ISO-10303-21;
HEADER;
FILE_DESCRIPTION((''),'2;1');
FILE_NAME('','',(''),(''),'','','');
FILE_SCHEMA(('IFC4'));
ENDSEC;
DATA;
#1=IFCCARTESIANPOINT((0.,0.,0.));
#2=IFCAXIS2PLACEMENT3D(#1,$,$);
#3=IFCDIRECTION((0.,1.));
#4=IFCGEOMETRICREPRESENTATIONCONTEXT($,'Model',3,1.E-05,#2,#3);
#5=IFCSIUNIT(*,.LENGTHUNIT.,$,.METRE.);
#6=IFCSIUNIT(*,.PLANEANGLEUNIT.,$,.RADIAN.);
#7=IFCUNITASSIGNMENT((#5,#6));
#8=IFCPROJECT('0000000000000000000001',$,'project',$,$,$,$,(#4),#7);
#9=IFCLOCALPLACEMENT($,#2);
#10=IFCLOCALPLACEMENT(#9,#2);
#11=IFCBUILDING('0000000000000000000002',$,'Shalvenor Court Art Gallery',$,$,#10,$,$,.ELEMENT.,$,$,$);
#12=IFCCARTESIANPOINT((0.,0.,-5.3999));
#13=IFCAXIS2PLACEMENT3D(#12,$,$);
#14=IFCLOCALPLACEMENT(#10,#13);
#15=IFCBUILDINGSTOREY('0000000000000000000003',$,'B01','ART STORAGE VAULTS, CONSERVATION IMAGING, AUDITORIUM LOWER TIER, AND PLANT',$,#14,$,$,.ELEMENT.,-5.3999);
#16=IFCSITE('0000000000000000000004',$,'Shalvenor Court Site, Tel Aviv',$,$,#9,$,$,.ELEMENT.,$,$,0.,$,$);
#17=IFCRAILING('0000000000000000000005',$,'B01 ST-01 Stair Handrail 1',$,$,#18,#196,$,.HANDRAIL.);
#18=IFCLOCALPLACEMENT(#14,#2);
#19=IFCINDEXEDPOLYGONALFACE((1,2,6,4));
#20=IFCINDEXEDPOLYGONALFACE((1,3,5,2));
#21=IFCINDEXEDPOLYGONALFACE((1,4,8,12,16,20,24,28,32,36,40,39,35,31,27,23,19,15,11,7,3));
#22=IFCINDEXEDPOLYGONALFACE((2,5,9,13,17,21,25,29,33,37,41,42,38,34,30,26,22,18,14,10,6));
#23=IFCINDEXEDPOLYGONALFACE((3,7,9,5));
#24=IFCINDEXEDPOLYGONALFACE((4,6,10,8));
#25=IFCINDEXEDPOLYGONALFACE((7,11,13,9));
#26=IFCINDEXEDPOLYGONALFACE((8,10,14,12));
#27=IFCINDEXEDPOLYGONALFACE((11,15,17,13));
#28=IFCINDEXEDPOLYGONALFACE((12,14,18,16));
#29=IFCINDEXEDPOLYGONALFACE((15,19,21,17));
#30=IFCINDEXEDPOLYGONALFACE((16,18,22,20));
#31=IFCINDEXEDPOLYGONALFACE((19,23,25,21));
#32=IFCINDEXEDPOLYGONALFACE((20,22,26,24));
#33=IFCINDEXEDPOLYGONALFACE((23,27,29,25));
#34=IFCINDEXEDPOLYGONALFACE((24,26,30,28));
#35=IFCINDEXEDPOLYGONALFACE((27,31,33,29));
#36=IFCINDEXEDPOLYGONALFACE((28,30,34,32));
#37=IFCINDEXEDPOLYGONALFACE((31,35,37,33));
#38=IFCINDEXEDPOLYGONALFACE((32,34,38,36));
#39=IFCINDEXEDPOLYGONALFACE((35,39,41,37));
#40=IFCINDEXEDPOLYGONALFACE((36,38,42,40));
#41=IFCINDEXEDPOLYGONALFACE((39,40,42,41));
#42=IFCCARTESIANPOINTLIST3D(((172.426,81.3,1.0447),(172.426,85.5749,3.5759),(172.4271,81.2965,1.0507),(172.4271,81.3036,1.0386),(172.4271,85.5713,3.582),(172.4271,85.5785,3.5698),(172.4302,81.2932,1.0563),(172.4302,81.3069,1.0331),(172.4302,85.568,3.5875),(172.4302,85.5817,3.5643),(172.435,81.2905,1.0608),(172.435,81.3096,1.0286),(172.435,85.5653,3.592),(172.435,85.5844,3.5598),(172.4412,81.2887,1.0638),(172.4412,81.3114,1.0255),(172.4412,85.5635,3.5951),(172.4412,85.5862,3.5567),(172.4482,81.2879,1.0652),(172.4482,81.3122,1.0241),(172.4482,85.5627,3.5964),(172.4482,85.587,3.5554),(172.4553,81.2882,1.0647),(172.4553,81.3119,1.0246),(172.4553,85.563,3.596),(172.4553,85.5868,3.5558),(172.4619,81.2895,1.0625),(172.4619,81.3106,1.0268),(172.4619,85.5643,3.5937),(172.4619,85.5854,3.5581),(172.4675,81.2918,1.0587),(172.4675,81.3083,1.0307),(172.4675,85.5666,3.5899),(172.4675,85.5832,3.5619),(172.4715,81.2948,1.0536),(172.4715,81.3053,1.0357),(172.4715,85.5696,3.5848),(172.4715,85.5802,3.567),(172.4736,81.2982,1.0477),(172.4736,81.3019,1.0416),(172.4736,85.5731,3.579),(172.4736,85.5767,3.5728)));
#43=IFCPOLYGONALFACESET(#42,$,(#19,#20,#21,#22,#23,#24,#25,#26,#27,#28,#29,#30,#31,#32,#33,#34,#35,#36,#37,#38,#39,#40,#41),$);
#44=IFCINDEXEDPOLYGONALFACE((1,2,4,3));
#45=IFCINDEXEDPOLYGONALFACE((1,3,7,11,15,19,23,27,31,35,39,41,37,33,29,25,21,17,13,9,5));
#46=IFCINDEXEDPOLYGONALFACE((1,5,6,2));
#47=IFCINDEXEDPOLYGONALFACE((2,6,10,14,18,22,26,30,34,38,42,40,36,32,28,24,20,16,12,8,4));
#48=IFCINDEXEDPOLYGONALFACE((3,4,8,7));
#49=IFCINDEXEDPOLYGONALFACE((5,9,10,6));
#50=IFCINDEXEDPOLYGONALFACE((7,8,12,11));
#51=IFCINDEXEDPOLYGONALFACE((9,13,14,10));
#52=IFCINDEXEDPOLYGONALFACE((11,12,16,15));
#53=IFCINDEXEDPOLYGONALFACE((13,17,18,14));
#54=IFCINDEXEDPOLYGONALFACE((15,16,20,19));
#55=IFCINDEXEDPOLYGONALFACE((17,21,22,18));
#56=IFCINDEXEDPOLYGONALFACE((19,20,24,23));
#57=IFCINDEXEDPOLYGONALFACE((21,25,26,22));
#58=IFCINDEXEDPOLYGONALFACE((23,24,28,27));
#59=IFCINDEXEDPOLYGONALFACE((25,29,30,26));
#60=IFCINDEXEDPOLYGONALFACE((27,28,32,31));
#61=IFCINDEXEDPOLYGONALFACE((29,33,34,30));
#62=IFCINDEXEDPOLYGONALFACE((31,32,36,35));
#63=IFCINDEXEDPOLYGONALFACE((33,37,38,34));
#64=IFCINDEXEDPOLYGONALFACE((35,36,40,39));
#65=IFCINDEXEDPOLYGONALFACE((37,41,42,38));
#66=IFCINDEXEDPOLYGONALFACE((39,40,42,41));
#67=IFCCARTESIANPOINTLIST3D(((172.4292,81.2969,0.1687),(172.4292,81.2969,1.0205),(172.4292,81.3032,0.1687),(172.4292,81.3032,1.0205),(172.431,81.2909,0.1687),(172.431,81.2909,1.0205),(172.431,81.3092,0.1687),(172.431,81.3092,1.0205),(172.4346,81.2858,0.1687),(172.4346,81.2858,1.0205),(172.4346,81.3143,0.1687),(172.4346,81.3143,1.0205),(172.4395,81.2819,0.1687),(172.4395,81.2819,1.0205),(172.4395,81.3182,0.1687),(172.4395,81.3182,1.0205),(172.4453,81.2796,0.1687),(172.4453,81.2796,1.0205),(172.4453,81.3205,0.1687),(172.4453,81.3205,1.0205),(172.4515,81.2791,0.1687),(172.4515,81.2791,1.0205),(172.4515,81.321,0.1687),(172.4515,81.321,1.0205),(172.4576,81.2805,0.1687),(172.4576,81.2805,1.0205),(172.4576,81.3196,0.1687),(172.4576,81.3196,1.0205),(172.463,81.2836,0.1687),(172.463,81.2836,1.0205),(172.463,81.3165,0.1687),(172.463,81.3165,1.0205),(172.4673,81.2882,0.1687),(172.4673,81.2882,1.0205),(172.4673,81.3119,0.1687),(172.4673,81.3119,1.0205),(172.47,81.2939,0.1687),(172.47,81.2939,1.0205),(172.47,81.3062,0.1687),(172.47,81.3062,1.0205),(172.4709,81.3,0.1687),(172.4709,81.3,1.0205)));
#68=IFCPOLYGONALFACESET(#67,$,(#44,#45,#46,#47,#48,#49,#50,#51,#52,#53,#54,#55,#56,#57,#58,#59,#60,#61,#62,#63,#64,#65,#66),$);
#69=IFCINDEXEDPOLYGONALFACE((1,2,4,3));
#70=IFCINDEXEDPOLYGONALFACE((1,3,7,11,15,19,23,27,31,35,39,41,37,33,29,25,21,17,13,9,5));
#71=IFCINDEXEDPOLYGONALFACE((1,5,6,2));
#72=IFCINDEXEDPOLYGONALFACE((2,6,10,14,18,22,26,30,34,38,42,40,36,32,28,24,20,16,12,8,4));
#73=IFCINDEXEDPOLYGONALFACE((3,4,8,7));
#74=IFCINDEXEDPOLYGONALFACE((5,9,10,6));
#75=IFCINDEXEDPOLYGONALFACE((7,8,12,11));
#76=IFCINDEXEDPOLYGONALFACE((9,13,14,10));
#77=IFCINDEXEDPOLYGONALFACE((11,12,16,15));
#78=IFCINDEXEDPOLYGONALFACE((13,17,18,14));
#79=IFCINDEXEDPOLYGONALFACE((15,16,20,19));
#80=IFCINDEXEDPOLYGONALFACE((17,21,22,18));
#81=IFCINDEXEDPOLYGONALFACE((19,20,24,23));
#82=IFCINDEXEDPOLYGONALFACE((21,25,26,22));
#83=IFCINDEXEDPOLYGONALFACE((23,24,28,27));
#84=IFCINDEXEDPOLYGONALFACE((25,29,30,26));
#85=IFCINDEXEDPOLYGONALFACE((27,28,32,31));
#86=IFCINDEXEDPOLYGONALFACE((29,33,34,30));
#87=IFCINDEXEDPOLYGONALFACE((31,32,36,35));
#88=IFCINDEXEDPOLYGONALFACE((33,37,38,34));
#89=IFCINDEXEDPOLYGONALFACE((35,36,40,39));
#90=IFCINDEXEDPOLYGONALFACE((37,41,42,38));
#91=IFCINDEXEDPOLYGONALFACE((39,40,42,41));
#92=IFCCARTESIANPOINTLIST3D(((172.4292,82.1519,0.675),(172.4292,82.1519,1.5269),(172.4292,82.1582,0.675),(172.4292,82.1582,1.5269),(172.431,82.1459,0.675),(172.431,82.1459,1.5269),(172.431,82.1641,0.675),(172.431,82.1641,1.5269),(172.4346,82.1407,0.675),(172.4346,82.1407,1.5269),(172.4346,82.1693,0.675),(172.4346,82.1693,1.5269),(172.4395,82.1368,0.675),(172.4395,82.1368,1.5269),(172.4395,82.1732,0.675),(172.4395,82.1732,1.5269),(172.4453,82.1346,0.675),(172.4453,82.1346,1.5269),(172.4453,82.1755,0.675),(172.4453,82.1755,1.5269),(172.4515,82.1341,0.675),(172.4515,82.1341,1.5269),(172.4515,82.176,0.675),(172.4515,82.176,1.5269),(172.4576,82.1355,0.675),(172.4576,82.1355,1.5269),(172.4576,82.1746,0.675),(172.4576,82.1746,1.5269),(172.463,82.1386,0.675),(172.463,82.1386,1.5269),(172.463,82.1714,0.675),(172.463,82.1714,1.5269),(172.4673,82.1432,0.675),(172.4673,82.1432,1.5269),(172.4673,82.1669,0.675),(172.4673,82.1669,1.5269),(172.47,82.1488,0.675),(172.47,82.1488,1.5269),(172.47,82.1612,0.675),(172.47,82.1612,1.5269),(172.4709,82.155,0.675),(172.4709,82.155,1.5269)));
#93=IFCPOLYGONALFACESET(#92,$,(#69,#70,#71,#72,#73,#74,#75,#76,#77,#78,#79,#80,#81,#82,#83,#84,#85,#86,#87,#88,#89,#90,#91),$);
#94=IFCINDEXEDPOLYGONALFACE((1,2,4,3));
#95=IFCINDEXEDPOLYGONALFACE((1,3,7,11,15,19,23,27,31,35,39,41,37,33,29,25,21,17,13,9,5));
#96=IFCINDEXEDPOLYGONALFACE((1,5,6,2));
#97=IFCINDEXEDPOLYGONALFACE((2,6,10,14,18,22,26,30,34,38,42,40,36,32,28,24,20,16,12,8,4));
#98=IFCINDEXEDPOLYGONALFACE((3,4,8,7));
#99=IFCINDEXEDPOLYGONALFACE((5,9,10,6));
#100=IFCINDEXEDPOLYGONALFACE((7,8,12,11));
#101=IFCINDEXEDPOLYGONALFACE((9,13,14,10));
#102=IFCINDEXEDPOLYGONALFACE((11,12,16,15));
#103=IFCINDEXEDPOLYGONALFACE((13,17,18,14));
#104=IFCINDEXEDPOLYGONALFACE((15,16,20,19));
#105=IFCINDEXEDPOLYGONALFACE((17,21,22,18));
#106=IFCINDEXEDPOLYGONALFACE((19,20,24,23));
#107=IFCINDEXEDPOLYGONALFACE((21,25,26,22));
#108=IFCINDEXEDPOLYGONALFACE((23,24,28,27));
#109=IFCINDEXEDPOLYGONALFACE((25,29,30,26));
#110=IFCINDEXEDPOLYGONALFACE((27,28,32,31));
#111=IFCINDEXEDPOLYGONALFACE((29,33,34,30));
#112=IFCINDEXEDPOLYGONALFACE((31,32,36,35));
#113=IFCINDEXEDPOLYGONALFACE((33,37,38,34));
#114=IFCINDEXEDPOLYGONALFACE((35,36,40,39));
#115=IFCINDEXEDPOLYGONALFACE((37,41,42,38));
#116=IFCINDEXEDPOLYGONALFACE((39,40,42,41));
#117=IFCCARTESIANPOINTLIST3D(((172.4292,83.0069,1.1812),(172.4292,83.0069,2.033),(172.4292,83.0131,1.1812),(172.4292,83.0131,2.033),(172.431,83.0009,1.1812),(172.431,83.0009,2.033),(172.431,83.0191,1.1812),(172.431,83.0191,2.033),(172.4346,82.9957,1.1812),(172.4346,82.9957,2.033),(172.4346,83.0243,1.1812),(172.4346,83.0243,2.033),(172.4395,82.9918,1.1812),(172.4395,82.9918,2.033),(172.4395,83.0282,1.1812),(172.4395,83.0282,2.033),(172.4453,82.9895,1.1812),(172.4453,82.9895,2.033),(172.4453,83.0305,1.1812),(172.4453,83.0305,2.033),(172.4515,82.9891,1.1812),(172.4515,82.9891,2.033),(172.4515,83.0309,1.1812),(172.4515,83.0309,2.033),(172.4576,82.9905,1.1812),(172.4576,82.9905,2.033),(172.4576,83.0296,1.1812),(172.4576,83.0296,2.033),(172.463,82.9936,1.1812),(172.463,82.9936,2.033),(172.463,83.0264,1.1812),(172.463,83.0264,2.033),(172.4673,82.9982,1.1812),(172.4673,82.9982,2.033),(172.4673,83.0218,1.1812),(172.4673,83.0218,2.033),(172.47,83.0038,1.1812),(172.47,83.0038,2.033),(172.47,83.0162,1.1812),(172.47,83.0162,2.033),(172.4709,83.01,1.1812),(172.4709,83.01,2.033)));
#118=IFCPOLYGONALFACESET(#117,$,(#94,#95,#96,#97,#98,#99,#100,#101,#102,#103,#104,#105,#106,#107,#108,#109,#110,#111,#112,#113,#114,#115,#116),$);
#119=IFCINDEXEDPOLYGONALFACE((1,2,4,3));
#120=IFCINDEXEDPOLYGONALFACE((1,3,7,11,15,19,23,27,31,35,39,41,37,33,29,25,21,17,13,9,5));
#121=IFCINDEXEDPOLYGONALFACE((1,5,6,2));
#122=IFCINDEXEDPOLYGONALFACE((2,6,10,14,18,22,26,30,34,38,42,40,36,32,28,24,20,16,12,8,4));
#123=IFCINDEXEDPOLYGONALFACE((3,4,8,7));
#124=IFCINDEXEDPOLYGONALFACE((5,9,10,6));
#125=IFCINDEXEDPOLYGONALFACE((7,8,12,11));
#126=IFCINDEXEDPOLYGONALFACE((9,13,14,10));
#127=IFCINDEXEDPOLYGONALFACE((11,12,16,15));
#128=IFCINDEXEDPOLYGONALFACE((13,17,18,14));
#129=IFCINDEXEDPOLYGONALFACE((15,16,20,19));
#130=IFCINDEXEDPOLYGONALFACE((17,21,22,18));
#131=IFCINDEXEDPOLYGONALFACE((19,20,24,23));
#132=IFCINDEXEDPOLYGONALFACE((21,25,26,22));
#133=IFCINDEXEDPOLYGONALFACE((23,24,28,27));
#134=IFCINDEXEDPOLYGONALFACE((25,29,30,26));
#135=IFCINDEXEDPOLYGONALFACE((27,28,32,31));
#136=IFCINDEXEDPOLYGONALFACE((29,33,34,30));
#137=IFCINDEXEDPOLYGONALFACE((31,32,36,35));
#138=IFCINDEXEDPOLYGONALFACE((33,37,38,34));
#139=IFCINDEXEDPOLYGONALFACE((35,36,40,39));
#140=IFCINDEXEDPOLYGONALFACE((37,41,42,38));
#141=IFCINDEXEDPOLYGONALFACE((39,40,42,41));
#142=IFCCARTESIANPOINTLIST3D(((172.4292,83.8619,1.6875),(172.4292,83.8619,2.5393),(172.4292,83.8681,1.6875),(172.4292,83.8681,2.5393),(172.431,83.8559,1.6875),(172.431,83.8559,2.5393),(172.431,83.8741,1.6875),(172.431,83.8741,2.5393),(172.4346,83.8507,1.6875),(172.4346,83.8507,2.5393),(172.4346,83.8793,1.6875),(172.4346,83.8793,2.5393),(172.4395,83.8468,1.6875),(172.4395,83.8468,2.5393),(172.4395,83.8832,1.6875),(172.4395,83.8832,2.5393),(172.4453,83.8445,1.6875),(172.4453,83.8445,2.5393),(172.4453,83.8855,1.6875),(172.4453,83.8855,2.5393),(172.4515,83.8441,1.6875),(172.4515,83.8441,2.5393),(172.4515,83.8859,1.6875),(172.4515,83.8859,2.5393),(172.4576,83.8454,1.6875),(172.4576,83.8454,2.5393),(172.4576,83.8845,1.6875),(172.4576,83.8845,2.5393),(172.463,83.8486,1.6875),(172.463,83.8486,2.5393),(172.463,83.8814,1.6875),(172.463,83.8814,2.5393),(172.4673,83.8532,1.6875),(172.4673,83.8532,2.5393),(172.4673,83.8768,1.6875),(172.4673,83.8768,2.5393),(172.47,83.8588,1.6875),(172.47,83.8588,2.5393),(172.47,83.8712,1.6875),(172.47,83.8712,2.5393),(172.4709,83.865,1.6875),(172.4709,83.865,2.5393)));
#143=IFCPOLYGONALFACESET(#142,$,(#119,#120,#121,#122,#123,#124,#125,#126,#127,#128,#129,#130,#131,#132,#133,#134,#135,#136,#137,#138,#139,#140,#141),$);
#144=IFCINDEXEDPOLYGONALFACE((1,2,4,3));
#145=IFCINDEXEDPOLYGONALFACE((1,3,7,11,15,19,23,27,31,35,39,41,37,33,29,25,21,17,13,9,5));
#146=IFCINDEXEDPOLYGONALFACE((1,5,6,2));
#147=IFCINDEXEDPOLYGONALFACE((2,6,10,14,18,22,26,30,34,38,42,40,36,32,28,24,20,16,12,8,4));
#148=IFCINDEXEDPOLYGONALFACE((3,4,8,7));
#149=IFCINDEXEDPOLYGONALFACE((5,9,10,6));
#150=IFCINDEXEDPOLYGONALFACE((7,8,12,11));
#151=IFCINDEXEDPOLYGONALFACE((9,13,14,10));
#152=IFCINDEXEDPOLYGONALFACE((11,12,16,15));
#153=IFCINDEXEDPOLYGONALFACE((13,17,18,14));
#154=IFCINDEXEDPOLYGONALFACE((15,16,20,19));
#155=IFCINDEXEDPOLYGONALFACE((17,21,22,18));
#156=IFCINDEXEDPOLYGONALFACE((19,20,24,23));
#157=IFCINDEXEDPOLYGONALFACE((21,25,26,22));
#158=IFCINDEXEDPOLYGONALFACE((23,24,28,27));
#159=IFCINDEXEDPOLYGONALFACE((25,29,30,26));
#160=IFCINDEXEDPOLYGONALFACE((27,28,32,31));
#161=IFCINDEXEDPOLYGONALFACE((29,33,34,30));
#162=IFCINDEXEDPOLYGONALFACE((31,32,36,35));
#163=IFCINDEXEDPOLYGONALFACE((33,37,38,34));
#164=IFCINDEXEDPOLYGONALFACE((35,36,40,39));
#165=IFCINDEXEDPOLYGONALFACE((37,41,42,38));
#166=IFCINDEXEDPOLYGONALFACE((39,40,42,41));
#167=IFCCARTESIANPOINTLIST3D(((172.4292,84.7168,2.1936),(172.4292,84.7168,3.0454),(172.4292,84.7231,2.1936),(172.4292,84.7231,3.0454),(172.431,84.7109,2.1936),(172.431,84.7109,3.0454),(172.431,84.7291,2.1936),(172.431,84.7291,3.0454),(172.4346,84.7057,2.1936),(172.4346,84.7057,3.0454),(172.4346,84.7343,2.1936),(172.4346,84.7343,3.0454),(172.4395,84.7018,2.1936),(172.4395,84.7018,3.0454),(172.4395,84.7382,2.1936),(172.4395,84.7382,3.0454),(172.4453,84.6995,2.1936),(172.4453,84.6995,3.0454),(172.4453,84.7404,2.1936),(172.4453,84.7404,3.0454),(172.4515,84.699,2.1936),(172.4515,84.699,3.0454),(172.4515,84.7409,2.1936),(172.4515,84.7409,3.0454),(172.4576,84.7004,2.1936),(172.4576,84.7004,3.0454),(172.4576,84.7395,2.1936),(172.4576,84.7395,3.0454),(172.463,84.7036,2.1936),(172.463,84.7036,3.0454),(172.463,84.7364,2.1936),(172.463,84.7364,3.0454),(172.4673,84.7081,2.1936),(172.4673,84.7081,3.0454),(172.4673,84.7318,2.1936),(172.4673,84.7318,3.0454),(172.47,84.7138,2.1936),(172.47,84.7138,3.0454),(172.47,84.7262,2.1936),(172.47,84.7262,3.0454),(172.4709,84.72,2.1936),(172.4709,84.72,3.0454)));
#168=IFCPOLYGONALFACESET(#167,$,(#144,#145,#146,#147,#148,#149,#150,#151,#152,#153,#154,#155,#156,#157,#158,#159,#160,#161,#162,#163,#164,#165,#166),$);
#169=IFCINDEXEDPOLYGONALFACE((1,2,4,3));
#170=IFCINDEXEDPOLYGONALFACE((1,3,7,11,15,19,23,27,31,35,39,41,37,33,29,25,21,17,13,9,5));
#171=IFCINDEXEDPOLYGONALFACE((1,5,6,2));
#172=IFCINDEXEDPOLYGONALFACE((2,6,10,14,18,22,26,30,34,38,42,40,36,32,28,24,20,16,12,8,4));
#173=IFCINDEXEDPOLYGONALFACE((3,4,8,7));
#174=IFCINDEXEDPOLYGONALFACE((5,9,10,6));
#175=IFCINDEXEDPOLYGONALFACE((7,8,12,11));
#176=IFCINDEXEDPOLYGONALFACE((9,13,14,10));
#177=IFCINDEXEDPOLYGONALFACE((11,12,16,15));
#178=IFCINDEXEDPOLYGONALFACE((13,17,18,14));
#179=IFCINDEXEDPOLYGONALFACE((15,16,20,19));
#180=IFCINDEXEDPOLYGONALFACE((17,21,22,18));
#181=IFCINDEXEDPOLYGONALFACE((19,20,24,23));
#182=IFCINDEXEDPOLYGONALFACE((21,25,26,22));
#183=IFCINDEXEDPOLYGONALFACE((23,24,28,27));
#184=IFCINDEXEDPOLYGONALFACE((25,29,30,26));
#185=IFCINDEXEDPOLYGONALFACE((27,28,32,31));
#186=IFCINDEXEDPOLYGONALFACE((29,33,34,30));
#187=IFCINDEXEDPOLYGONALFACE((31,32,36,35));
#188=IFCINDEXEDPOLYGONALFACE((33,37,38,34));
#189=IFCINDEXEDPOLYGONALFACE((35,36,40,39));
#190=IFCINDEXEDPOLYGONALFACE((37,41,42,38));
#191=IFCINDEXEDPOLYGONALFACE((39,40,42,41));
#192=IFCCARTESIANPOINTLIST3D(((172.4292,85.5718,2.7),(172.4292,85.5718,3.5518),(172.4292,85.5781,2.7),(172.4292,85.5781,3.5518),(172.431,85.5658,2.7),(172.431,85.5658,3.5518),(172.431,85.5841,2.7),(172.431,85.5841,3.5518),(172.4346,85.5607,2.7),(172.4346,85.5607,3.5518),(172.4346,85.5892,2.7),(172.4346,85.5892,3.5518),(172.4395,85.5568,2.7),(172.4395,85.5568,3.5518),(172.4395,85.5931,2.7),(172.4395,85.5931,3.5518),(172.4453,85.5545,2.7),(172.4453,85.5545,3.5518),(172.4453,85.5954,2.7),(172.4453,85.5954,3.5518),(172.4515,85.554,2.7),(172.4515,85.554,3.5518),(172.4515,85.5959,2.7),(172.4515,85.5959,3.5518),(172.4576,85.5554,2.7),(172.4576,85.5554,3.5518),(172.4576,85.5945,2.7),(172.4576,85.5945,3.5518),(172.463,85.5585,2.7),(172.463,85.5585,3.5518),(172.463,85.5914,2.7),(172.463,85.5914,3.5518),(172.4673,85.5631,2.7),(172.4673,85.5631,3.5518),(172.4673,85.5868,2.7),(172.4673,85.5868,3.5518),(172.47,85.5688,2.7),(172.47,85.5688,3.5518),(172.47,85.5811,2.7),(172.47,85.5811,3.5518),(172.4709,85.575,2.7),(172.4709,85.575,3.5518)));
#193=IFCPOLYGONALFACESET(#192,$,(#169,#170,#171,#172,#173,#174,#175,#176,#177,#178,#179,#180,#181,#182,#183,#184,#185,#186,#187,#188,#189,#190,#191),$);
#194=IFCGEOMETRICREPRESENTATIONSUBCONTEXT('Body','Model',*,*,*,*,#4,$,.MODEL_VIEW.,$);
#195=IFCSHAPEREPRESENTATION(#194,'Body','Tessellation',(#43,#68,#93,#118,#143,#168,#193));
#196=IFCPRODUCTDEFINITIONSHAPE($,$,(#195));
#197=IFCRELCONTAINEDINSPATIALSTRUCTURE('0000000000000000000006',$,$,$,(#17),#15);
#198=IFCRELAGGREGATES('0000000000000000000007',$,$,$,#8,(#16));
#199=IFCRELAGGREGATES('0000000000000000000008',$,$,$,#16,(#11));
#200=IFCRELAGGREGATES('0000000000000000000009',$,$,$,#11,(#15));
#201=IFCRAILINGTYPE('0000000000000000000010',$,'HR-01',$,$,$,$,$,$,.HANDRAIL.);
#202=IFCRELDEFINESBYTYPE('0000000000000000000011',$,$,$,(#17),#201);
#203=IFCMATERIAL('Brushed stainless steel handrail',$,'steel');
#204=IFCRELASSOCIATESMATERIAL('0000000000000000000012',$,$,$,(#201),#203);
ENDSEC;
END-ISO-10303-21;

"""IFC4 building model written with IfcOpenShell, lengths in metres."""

from ifc_helpers import new_model, si_unit, direction, frame, origin, origin_2d, place, context, subcontext, project, spatial, circle, extrude, material, type_object, element, save


model = new_model("IFC4")

# Units and contexts
model_context = context("Model", 3, precision=1e-05, world=origin(), true_north=direction((0.0, 1.0)))
body_context = subcontext(model_context, "Body", "Model", "MODEL_VIEW")
ifc_project = project(units=[si_unit("LENGTHUNIT", "METRE"), si_unit("PLANEANGLEUNIT", "RADIAN")], contexts=[model_context])

# Site, building, storey
site_placement = place(None, origin())
site = spatial("IfcSite", under=ifc_project, at=site_placement, Name="Shalvenor Court Site, Tel Aviv", CompositionType="ELEMENT", RefElevation=0.0)
building_placement = place(site_placement, origin())
building = spatial("IfcBuilding", under=site, at=building_placement, Name="Shalvenor Court Art Gallery", CompositionType="ELEMENT")
storey_placement = place(building_placement, frame((0.0, 0.0, -5.3999)))
storey = spatial("IfcBuildingStorey", under=building, at=storey_placement, Name="B01", Description="ART STORAGE VAULTS, CONSERVATION IMAGING, AUDITORIUM LOWER TIER, AND PLANT", CompositionType="ELEMENT", Elevation=-5.3999)

# Railing
ifc_material_1 = material(Name="Brushed stainless steel handrail", Category="steel")
railing_type_1 = type_object("IfcRailingType", Name="HR-01", PredefinedType="HANDRAIL", material=ifc_material_1)
railing_1_placement = place(storey_placement, frame((172.45, 81.3, 0.1687)))
element("IfcRailing", 1, at=railing_1_placement, inside=storey, type_object=railing_type_1, Name="B01 ST-01 Stair Handrail 1", PredefinedType="HANDRAIL", context=body_context, shape_type="SweptSolid", body=[
    extrude(circle(Radius=0.0239, at=origin_2d()), frame((0.0, 0.0, 0.876), z_axis=(0.0, 0.86047, 0.509501), x_axis=(-1.0, 0.0, 0.0)), (0.0, 0.0, 1.0), 4.968),
    extrude(circle(Radius=0.021, at=origin_2d()), origin(), (0.0, 0.0, 1.0), 0.8518),
    extrude(circle(Radius=0.021, at=origin_2d()), frame((0.0, 0.855, 0.5063)), (0.0, 0.0, 1.0), 0.8518),
    extrude(circle(Radius=0.021, at=origin_2d()), frame((0.0, 1.71, 1.0125)), (0.0, 0.0, 1.0), 0.8518),
    extrude(circle(Radius=0.021, at=origin_2d()), frame((0.0, 2.5649, 1.5188)), (0.0, 0.0, 1.0), 0.8518),
    extrude(circle(Radius=0.021, at=origin_2d()), frame((0.0, 3.4199, 2.0249)), (0.0, 0.0, 1.0), 0.8518),
    extrude(circle(Radius=0.021, at=origin_2d()), frame((0.0, 4.2749, 2.5312)), (0.0, 0.0, 1.0), 0.8518),
])

save(model, "model.ifc")
